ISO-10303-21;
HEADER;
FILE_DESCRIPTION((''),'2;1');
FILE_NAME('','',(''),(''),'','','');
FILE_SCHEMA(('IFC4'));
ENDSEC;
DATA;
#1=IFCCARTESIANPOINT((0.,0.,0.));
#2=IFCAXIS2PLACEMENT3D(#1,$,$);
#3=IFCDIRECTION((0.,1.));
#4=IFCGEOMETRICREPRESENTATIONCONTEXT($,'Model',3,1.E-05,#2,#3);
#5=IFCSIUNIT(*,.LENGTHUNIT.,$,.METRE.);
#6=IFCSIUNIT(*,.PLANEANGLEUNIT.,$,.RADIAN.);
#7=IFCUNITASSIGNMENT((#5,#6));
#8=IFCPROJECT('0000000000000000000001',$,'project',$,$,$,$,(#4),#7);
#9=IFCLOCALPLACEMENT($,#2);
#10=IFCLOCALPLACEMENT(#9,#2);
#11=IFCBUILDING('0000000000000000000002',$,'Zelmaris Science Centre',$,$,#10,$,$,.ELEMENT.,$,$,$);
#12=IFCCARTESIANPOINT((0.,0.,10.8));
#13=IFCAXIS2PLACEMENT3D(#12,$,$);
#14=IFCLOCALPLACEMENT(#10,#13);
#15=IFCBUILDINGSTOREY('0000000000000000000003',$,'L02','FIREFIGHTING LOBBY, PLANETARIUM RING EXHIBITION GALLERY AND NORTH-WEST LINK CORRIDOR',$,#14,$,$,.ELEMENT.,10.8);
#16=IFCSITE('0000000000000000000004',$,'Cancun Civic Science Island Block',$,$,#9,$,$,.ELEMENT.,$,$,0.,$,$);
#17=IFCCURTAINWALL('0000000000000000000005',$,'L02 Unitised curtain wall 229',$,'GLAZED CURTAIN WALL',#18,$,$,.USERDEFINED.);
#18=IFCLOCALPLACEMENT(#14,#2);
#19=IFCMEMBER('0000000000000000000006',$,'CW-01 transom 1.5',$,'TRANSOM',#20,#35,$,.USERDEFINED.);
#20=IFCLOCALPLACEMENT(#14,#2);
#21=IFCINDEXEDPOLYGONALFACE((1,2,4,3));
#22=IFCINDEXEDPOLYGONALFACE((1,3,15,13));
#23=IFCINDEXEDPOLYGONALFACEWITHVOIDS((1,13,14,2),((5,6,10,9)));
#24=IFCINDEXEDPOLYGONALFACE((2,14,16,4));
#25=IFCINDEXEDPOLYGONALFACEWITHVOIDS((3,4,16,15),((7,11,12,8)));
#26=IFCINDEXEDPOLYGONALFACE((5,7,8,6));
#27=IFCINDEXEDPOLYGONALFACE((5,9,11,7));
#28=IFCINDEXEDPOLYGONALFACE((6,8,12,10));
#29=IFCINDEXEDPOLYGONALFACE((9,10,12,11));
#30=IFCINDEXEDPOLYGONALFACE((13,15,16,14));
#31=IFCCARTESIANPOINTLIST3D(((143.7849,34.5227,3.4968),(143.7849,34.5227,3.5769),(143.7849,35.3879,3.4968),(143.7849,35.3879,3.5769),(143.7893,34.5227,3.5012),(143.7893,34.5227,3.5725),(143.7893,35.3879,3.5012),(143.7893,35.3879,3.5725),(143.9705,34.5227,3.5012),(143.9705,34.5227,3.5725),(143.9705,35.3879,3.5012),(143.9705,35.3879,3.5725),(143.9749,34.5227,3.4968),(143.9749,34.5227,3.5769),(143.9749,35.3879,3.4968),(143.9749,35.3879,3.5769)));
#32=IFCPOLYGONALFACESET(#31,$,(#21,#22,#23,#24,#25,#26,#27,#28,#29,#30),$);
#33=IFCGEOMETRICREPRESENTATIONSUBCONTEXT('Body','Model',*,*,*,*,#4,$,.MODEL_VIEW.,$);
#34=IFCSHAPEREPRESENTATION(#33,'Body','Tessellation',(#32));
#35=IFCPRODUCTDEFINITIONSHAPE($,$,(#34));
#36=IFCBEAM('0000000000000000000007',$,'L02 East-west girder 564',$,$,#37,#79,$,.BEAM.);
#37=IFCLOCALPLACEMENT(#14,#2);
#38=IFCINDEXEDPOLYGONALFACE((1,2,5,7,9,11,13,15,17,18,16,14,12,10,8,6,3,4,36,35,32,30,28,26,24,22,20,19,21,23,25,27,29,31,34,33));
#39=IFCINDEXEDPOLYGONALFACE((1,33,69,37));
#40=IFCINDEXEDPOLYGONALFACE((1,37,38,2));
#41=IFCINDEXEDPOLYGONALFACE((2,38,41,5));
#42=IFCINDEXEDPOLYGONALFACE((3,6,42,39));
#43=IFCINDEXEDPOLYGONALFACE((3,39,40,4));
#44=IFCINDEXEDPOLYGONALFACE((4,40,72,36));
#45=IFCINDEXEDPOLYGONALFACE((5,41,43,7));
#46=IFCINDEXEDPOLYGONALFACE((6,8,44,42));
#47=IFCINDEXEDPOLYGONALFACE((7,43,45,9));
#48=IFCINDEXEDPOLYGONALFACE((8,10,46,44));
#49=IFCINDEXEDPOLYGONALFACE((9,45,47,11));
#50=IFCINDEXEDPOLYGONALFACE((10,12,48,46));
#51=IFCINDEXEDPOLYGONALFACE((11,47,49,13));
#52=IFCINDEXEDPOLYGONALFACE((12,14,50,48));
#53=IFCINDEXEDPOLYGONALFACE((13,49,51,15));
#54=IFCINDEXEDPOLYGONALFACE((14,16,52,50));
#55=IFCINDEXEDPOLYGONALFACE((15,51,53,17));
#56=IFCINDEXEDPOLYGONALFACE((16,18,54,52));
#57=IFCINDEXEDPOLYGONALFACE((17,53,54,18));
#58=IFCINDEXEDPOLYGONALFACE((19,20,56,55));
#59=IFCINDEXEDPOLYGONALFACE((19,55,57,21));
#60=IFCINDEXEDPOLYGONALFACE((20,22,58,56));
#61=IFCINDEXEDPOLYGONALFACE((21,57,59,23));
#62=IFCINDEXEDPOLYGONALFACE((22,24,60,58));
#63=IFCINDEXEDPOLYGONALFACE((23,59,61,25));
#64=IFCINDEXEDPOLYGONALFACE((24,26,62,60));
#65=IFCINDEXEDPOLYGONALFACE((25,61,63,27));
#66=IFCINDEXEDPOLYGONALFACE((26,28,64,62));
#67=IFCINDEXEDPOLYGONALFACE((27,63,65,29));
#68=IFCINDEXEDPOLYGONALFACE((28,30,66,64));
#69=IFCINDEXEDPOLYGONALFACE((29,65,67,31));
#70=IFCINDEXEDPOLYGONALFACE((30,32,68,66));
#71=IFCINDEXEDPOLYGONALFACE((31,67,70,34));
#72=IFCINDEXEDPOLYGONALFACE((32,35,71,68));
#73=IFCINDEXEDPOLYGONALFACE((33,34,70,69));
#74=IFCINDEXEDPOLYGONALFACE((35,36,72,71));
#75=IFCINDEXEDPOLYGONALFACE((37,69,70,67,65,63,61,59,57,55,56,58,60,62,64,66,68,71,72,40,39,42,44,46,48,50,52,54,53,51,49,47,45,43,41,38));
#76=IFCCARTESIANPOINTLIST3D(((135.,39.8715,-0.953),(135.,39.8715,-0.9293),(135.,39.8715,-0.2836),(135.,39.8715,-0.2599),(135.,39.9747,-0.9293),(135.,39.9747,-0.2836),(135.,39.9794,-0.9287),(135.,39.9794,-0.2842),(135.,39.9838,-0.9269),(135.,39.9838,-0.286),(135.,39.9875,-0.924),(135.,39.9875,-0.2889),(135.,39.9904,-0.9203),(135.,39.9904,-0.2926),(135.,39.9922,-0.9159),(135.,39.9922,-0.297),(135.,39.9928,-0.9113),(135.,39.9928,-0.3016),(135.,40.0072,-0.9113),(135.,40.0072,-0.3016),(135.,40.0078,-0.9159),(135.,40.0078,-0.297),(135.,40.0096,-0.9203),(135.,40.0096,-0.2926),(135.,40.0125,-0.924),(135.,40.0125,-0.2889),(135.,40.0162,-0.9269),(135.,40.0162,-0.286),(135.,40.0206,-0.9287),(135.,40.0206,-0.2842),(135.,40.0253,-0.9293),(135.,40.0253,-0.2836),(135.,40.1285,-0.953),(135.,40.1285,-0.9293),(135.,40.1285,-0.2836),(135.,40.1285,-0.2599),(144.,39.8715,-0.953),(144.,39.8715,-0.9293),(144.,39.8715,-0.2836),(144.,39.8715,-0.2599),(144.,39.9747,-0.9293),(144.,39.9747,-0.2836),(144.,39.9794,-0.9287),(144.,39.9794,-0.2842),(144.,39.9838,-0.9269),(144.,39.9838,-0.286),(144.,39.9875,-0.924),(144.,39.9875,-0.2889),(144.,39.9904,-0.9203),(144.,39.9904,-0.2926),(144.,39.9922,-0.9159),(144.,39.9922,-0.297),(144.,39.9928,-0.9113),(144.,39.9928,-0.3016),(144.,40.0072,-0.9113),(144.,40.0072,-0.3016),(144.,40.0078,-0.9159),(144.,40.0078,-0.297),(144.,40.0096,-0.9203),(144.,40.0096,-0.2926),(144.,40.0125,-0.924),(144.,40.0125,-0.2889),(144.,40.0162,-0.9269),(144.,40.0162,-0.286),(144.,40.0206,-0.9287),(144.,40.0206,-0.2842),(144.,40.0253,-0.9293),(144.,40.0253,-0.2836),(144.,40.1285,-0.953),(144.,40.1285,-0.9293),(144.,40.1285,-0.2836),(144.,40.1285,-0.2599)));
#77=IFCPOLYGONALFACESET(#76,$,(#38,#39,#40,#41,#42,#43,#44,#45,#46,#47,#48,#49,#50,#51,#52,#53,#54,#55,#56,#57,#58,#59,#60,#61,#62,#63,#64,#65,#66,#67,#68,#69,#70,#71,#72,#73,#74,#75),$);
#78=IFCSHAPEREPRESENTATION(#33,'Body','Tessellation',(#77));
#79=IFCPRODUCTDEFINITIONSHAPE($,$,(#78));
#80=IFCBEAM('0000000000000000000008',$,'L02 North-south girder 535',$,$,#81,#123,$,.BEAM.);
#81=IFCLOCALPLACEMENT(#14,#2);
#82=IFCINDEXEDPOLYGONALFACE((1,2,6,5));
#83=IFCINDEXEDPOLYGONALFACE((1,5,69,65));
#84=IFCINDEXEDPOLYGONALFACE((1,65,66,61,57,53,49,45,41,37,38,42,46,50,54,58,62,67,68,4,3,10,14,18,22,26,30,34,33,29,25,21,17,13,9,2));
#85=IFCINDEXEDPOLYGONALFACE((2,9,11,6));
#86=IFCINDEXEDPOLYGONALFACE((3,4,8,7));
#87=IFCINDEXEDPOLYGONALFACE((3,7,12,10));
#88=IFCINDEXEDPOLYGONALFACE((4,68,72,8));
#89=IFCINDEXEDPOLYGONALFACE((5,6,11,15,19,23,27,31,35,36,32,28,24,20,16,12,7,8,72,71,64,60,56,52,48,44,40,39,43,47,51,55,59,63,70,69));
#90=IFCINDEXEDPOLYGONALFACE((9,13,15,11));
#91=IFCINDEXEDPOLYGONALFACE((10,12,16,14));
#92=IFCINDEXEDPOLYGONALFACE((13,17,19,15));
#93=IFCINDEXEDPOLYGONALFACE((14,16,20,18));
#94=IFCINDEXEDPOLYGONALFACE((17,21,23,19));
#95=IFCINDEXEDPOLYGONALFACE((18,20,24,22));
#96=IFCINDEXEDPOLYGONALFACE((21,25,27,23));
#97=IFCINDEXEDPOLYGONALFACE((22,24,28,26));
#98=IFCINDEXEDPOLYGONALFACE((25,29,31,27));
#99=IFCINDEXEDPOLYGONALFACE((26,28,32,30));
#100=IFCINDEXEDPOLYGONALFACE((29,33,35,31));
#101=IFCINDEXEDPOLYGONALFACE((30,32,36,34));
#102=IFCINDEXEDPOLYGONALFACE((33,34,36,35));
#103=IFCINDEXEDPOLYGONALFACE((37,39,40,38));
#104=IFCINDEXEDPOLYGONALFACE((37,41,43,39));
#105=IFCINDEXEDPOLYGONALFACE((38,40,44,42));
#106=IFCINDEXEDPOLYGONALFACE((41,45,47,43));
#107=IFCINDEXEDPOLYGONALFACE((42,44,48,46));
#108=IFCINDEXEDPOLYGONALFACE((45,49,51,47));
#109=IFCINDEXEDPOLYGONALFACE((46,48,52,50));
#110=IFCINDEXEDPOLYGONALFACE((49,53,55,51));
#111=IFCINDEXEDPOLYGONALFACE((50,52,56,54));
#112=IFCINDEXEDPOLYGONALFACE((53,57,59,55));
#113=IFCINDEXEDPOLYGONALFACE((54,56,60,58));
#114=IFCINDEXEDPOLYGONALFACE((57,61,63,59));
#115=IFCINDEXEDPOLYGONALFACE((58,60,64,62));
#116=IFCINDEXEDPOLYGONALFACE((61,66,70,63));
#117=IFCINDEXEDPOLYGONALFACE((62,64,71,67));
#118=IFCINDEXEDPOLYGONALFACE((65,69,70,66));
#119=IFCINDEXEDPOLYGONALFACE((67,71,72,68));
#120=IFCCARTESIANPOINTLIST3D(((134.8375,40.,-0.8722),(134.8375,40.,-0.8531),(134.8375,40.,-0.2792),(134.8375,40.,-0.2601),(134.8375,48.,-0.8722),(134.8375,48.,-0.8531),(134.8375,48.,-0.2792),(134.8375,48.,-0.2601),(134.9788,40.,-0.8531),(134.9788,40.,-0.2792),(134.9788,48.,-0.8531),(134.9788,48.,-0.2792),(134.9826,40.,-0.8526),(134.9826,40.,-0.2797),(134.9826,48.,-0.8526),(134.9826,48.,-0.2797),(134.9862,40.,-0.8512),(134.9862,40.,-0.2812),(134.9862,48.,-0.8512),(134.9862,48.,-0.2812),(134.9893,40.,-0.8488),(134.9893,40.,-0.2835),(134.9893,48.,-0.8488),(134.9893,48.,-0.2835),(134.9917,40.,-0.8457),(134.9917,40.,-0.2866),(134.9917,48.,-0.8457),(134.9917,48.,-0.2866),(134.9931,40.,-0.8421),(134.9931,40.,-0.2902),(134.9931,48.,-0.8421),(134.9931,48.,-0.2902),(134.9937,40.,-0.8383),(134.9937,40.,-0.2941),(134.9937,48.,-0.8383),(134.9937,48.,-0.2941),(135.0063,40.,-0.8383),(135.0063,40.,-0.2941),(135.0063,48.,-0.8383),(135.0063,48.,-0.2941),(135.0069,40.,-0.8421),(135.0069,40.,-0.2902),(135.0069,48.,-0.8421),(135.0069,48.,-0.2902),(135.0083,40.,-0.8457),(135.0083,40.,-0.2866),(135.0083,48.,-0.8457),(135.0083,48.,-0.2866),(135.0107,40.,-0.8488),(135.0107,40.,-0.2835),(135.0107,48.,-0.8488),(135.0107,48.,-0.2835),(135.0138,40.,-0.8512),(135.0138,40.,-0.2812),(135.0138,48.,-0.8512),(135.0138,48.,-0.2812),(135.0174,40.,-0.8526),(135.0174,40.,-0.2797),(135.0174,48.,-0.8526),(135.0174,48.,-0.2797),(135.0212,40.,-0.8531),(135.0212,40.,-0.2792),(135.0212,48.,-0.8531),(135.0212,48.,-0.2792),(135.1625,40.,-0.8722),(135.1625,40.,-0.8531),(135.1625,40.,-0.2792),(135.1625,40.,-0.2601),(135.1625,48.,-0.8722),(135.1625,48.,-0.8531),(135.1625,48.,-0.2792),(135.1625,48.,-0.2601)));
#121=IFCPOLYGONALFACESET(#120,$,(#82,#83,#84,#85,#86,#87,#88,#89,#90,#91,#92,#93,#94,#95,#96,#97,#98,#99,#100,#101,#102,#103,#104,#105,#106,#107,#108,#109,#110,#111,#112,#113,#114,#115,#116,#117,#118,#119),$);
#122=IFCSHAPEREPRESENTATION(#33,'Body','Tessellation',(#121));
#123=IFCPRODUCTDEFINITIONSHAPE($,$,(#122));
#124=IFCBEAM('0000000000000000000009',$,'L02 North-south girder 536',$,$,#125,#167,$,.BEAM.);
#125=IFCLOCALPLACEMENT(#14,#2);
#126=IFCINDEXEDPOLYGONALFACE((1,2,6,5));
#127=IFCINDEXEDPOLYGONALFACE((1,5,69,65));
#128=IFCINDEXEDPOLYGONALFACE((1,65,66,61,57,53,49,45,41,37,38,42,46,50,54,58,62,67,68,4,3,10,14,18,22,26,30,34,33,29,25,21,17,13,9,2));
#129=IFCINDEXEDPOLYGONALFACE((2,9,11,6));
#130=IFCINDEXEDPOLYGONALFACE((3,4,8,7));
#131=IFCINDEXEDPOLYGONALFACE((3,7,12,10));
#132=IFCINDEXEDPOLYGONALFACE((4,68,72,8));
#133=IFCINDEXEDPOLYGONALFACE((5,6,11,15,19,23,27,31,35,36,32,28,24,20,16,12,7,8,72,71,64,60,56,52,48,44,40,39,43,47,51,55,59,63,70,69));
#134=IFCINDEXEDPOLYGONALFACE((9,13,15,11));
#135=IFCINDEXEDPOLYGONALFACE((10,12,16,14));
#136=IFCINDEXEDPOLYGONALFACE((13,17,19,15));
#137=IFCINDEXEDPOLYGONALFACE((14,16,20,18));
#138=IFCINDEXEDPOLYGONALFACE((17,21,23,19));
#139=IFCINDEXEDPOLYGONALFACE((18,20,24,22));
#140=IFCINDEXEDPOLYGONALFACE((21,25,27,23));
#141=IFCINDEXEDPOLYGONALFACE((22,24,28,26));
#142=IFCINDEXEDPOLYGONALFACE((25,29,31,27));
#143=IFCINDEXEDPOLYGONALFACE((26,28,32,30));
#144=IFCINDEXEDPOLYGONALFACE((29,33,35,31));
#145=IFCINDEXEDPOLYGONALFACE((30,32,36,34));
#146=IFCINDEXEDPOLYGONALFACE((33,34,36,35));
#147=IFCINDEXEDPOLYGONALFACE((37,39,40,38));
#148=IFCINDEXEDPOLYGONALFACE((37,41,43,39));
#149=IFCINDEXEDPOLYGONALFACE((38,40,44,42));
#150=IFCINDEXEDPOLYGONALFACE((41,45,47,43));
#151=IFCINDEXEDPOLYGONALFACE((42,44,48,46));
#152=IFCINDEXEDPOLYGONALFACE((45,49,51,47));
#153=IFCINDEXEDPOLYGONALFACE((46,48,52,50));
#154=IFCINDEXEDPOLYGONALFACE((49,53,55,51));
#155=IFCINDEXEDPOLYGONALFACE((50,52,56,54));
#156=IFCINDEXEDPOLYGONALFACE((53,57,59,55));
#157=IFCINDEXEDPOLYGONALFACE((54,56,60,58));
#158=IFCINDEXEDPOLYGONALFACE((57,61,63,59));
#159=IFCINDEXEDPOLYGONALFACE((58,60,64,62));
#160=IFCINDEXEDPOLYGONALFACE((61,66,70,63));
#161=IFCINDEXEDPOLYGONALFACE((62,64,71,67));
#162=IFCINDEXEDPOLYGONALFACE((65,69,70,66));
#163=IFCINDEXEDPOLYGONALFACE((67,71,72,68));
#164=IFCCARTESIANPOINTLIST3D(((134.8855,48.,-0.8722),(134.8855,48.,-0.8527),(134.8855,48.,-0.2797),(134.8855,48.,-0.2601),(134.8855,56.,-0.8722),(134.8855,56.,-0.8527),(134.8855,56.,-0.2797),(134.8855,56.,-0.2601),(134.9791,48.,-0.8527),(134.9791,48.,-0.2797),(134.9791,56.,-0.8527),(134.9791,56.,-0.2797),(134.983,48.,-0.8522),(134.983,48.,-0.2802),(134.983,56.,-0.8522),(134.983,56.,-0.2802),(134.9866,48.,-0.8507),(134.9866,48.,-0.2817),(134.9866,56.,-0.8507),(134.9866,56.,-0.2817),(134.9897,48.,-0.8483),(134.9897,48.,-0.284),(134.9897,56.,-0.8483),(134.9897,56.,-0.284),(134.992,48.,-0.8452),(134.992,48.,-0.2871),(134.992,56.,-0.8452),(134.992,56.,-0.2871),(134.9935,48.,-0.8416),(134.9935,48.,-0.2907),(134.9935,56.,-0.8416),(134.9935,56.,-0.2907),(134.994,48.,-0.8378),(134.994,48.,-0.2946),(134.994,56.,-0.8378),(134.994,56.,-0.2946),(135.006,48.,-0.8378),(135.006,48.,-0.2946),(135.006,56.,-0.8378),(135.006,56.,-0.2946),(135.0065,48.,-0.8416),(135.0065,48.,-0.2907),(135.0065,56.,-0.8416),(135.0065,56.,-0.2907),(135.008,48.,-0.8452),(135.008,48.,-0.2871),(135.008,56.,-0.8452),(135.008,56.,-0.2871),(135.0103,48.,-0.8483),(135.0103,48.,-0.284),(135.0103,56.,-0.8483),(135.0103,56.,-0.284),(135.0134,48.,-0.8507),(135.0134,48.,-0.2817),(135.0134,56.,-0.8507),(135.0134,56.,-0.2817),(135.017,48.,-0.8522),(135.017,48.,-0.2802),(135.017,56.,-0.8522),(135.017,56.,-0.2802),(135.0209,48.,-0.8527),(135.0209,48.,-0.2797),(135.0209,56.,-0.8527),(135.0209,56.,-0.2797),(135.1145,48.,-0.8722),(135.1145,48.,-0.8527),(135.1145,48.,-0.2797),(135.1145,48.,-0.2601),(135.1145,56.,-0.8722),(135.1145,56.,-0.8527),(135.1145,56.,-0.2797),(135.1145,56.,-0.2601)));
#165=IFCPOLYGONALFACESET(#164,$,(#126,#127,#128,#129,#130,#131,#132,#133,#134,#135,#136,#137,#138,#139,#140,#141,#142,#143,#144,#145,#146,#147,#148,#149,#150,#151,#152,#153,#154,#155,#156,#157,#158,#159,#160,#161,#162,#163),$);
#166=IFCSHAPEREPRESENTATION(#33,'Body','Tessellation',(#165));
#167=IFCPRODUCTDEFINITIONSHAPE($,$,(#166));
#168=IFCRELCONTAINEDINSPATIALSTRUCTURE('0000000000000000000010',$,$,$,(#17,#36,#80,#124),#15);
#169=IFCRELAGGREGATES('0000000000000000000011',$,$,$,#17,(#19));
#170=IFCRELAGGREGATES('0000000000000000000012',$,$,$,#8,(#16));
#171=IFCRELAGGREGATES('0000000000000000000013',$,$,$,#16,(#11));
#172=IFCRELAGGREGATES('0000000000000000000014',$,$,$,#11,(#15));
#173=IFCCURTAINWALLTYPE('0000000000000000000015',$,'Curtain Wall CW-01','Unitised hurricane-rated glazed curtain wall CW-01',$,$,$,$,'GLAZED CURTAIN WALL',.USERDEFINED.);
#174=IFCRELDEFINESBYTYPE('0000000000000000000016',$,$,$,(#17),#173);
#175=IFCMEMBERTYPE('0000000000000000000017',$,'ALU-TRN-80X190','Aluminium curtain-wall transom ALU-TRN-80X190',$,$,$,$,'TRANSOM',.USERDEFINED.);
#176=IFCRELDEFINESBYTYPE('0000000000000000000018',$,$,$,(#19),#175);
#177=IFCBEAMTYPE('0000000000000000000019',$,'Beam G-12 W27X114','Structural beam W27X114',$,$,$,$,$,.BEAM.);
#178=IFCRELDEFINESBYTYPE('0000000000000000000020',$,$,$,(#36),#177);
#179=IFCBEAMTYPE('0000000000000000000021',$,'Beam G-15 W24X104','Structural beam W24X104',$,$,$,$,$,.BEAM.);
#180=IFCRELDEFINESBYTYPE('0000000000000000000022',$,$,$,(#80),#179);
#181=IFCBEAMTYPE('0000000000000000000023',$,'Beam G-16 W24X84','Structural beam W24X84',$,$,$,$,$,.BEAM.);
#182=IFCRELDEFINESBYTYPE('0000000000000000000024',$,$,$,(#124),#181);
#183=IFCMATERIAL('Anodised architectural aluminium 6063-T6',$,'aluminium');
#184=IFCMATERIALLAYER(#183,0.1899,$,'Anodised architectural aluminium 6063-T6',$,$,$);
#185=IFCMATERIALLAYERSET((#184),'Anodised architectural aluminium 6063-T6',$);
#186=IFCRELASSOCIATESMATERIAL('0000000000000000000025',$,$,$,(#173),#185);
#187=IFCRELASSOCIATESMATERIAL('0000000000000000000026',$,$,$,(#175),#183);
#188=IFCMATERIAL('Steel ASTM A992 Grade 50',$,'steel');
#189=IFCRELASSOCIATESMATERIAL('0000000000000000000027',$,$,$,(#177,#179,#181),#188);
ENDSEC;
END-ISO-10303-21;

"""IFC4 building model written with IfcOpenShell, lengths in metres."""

from ifc_helpers import new_model, si_unit, direction, frame, origin, origin_2d, place, context, subcontext, project, spatial, hollow_rectangle, i_section, extrude, material, layer, layer_set, material_profile, profile_set, type_object, element, aggregate, save


model = new_model("IFC4")

# Units and contexts
model_context = context("Model", 3, precision=1e-05, world=origin(), true_north=direction((0.0, 1.0)))
body_context = subcontext(model_context, "Body", "Model", "MODEL_VIEW")
ifc_project = project(units=[si_unit("LENGTHUNIT", "METRE"), si_unit("PLANEANGLEUNIT", "RADIAN")], contexts=[model_context])

# Site, building, storey
site_placement = place(None, origin())
site = spatial("IfcSite", under=ifc_project, at=site_placement, Name="Cancun Civic Science Island Block", CompositionType="ELEMENT", RefElevation=0.0)
building_placement = place(site_placement, origin())
building = spatial("IfcBuilding", under=site, at=building_placement, Name="Zelmaris Science Centre", CompositionType="ELEMENT")
storey_placement = place(building_placement, frame((0.0, 0.0, 10.8)))
storey = spatial("IfcBuildingStorey", under=building, at=storey_placement, Name="L02", Description="FIREFIGHTING LOBBY, PLANETARIUM RING EXHIBITION GALLERY AND NORTH-WEST LINK CORRIDOR", CompositionType="ELEMENT", Elevation=10.8)

# Shared definitions
ifc_material_1 = material(Name="Steel ASTM A992 Grade 50", Category="steel")

# Curtain wall, member
ifc_material_2 = material(Name="Anodised architectural aluminium 6063-T6", Category="aluminium")
ifc_layer_1 = layer(ifc_material_2, 0.1899, Name="Anodised architectural aluminium 6063-T6")
ifc_layer_set_1 = layer_set([ifc_layer_1], Name="Anodised architectural aluminium 6063-T6")
curtain_wall_type = type_object("IfcCurtainWallType", Name="Curtain Wall CW-01", Description="Unitised hurricane-rated glazed curtain wall CW-01", ElementType="GLAZED CURTAIN WALL", PredefinedType="USERDEFINED", material=ifc_layer_set_1)
curtain_wall_placement = place(storey_placement, origin())
curtain_wall = element("IfcCurtainWall", 1, at=curtain_wall_placement, inside=storey, type_object=curtain_wall_type, Name="L02 Unitised curtain wall 229", ObjectType="GLAZED CURTAIN WALL", PredefinedType="USERDEFINED")
ifc_material_profile_1 = material_profile(ifc_material_2, hollow_rectangle(XDim=0.0801, YDim=0.1899, WallThickness=0.0044, at=origin_2d()), Name="ALU-TRN-80X190")
ifc_profile_set_1 = profile_set([ifc_material_profile_1], Name="Anodised architectural aluminium 6063-T6")
member_type_1 = type_object("IfcMemberType", Name="ALU-TRN-80X190", Description="Aluminium curtain-wall transom ALU-TRN-80X190", ElementType="TRANSOM", PredefinedType="USERDEFINED", material=ifc_profile_set_1)
member_1_placement = place(storey_placement, frame((143.8799, 35.3879, 3.5369), z_axis=(0.0, -1.0, 0.0), x_axis=(0.0, 0.0, 1.0)))
member_1 = element("IfcMember", 2, at=member_1_placement, type_object=member_type_1, Name="CW-01 transom 1.5", ObjectType="TRANSOM", PredefinedType="USERDEFINED", context=body_context, shape_type="SweptSolid", body=[
    extrude(hollow_rectangle(XDim=0.0801, YDim=0.1899, WallThickness=0.0044, at=origin_2d()), origin(), (0.0, 0.0, 1.0), 0.8652),
])
aggregate(curtain_wall, [member_1])

# Beams
ifc_material_profile_2 = material_profile(ifc_material_1, i_section(OverallWidth=0.2571, OverallDepth=0.6931, WebThickness=0.0144, FlangeThickness=0.0237, FilletRadius=0.0181, at=origin_2d()), Name="W27X114")
ifc_profile_set_2 = profile_set([ifc_material_profile_2], Name="Steel ASTM A992 Grade 50")
beam_type_1 = type_object("IfcBeamType", Name="Beam G-12 W27X114", Description="Structural beam W27X114", PredefinedType="BEAM", material=ifc_profile_set_2)
beam_1_placement = place(storey_placement, frame((135.0, 40.0, -0.6064), z_axis=(1.0, 0.0, 0.0), x_axis=(0.0, 1.0, 0.0)))
element("IfcBeam", 3, at=beam_1_placement, inside=storey, type_object=beam_type_1, Name="L02 East-west girder 564", PredefinedType="BEAM", context=body_context, shape_type="SweptSolid", body=[
    extrude(i_section(OverallWidth=0.2571, OverallDepth=0.6931, WebThickness=0.0144, FlangeThickness=0.0237, FilletRadius=0.0181, at=origin_2d()), origin(), (0.0, 0.0, 1.0), 9.0),
])
ifc_material_profile_3 = material_profile(ifc_material_1, i_section(OverallWidth=0.325, OverallDepth=0.6121, WebThickness=0.0127, FlangeThickness=0.019, FilletRadius=0.0149, at=origin_2d()), Name="W24X104")
ifc_profile_set_3 = profile_set([ifc_material_profile_3], Name="Steel ASTM A992 Grade 50")
beam_type_2 = type_object("IfcBeamType", Name="Beam G-15 W24X104", Description="Structural beam W24X104", PredefinedType="BEAM", material=ifc_profile_set_3)
beam_2_placement = place(storey_placement, frame((135.0, 40.0, -0.5662), z_axis=(0.0, 1.0, 0.0), x_axis=(-1.0, 0.0, 0.0)))
element("IfcBeam", 4, at=beam_2_placement, inside=storey, type_object=beam_type_2, Name="L02 North-south girder 535", PredefinedType="BEAM", context=body_context, shape_type="SweptSolid", body=[
    extrude(i_section(OverallWidth=0.325, OverallDepth=0.6121, WebThickness=0.0127, FlangeThickness=0.019, FilletRadius=0.0149, at=origin_2d()), origin(), (0.0, 0.0, 1.0), 8.0),
])
ifc_material_profile_4 = material_profile(ifc_material_1, i_section(OverallWidth=0.229, OverallDepth=0.6121, WebThickness=0.012, FlangeThickness=0.0195, FilletRadius=0.0149, at=origin_2d()), Name="W24X84")
ifc_profile_set_4 = profile_set([ifc_material_profile_4], Name="Steel ASTM A992 Grade 50")
beam_type_3 = type_object("IfcBeamType", Name="Beam G-16 W24X84", Description="Structural beam W24X84", PredefinedType="BEAM", material=ifc_profile_set_4)
beam_3_placement = place(storey_placement, frame((135.0, 48.0, -0.5662), z_axis=(0.0, 1.0, 0.0), x_axis=(-1.0, 0.0, 0.0)))
element("IfcBeam", 5, at=beam_3_placement, inside=storey, type_object=beam_type_3, Name="L02 North-south girder 536", PredefinedType="BEAM", context=body_context, shape_type="SweptSolid", body=[
    extrude(i_section(OverallWidth=0.229, OverallDepth=0.6121, WebThickness=0.012, FlangeThickness=0.0195, FilletRadius=0.0149, at=origin_2d()), origin(), (0.0, 0.0, 1.0), 8.0),
])

save(model, "model.ifc")
